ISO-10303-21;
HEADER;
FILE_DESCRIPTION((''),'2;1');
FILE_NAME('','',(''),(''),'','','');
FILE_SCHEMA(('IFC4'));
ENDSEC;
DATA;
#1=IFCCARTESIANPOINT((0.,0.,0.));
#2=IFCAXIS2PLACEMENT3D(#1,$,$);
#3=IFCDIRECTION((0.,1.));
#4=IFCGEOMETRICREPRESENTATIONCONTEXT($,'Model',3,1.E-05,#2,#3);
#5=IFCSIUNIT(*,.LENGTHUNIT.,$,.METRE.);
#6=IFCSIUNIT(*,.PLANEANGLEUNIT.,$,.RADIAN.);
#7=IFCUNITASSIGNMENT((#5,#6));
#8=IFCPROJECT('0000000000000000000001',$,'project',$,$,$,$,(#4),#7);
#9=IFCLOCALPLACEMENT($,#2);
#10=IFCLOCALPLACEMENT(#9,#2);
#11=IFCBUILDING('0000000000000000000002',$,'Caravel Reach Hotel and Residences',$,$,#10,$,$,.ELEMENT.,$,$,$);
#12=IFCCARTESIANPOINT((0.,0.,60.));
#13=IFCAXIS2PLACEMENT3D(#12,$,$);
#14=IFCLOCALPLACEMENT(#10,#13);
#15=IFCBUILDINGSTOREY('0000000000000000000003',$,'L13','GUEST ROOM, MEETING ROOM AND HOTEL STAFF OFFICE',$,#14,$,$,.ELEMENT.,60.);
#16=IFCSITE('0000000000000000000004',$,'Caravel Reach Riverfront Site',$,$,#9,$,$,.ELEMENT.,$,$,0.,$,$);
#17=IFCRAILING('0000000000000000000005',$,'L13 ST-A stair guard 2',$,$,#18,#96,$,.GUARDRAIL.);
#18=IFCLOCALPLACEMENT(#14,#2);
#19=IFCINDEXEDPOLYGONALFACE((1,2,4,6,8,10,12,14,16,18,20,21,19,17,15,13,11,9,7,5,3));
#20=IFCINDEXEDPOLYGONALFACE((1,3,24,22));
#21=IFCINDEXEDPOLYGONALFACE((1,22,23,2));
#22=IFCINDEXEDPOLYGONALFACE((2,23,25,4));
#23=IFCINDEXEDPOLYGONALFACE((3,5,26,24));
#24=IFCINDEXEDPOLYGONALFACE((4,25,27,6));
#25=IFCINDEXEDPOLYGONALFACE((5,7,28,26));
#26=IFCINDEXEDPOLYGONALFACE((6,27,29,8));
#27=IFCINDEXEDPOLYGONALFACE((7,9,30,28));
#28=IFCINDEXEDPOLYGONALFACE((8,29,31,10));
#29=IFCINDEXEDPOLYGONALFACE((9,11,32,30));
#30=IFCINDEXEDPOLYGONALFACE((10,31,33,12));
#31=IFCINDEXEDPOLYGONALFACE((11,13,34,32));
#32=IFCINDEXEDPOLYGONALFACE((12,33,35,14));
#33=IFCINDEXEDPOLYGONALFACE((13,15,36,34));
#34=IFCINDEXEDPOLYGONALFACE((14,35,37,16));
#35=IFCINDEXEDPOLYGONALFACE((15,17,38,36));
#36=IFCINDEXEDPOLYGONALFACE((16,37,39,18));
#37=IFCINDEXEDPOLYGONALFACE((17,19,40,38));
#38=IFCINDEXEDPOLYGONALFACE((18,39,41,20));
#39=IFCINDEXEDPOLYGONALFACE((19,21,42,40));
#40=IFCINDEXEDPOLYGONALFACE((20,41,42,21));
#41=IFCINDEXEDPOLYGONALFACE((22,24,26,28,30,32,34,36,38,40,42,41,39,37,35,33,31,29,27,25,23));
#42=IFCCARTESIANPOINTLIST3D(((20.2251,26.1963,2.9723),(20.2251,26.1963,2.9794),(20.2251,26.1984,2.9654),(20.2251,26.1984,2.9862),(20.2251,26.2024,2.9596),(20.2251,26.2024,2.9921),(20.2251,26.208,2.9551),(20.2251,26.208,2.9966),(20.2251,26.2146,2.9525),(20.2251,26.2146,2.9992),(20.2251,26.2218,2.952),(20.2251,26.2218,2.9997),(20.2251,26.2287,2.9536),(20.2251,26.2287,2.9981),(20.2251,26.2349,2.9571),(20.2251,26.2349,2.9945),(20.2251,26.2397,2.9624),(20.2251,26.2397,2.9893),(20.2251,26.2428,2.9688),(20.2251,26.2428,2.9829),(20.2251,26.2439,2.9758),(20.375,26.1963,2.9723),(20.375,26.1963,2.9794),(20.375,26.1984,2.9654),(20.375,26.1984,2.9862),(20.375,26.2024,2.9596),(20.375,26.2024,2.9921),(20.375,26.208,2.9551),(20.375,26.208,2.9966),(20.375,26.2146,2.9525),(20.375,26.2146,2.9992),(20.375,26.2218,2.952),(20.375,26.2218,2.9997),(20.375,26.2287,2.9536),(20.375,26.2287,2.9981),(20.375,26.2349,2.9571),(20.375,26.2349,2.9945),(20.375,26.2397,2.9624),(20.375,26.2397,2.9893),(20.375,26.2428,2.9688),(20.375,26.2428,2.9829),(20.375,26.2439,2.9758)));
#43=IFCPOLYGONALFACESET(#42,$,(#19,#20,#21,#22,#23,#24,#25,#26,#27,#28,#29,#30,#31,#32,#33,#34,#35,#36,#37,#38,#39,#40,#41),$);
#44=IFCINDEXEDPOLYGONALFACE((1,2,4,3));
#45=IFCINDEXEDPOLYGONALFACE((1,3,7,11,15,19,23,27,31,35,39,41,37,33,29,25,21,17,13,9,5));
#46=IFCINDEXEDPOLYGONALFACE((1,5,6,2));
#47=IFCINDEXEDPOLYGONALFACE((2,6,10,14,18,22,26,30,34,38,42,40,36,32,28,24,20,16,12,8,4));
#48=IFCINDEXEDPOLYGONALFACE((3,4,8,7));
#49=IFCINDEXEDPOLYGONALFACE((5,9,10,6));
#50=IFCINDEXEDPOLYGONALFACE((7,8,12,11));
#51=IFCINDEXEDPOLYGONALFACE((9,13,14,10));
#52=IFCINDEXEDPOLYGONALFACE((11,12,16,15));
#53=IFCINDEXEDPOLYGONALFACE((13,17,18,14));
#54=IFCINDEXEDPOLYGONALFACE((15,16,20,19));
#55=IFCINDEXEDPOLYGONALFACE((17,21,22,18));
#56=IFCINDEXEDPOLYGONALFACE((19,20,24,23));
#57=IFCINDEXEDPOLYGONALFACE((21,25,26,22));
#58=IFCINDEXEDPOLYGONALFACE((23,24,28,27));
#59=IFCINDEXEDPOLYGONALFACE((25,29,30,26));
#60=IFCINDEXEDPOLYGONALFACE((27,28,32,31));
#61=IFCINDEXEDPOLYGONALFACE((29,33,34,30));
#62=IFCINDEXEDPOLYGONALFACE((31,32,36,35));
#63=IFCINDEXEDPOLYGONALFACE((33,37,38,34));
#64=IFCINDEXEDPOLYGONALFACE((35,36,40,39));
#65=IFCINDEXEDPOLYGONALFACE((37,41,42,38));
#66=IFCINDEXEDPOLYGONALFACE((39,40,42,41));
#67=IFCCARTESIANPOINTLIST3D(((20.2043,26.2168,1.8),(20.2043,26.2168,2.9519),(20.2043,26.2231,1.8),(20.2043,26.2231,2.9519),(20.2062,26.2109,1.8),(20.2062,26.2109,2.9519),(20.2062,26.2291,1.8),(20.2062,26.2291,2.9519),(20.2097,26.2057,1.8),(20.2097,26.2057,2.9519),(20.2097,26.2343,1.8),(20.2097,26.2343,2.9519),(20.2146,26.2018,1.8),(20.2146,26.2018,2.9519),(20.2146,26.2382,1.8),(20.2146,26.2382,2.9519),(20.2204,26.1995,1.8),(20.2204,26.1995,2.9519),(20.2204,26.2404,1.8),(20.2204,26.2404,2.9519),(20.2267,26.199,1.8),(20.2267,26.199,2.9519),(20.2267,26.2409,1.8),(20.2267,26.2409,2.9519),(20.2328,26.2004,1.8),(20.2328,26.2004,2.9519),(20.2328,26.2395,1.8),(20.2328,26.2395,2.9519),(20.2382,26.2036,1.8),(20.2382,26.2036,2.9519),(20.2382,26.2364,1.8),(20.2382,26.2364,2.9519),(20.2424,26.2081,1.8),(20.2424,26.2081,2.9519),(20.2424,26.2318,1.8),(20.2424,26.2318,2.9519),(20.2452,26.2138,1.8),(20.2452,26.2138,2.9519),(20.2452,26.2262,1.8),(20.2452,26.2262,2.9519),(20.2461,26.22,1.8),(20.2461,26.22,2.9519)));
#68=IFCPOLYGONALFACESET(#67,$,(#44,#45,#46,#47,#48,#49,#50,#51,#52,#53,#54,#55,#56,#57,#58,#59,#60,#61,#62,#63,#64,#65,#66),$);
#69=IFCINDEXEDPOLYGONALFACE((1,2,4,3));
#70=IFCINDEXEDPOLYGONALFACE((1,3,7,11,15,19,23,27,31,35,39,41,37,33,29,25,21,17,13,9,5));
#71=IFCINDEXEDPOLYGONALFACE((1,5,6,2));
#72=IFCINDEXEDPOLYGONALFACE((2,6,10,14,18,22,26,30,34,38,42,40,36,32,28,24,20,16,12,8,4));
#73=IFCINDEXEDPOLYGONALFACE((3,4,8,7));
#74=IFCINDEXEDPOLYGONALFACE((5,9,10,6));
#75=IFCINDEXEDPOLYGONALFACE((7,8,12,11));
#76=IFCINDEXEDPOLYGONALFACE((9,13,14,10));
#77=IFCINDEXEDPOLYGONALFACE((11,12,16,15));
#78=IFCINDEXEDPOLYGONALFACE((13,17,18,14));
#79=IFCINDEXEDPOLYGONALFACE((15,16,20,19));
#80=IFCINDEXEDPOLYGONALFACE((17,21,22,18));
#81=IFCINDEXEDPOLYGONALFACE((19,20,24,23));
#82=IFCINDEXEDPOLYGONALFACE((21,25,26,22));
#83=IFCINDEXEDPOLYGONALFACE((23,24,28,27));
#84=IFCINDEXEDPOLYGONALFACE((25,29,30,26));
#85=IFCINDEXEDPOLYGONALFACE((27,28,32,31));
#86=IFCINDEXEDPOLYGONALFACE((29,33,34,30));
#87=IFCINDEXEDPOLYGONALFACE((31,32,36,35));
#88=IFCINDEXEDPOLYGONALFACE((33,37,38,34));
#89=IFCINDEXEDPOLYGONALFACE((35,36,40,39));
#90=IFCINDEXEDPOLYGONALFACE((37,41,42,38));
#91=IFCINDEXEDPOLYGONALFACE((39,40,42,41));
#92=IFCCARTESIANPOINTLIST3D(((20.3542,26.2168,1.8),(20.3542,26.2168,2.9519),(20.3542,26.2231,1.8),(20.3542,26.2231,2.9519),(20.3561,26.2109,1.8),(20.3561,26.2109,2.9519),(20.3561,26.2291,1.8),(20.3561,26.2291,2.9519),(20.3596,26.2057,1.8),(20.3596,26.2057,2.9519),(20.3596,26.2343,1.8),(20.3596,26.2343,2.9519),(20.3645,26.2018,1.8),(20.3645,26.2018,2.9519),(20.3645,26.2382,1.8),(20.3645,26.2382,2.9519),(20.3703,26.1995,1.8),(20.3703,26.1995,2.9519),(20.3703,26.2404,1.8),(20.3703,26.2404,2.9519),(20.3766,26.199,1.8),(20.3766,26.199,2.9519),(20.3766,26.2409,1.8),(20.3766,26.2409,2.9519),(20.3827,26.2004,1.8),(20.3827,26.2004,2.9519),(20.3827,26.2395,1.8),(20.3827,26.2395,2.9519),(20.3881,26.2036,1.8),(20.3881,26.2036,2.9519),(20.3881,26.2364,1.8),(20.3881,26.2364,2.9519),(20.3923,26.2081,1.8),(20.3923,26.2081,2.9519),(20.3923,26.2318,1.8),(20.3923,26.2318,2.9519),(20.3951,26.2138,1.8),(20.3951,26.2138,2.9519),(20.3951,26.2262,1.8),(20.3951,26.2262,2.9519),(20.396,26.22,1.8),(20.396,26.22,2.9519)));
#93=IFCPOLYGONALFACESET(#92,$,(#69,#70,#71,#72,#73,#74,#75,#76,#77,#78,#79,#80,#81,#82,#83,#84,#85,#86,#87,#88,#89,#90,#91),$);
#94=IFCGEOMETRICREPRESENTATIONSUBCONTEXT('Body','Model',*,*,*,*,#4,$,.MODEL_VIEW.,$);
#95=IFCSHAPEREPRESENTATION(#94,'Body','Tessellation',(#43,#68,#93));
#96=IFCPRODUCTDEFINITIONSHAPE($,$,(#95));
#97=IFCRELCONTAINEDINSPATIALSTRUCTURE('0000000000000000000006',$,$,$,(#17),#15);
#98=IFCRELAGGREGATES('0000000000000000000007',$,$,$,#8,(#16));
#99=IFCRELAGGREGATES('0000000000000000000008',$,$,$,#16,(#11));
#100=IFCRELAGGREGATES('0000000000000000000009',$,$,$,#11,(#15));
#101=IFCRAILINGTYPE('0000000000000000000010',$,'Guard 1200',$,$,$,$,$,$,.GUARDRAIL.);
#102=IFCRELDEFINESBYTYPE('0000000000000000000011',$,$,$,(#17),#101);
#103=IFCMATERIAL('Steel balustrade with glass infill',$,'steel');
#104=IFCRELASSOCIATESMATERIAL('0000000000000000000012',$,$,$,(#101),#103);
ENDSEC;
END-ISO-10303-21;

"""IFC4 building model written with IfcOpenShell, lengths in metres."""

from ifc_helpers import new_model, si_unit, direction, frame, origin, origin_2d, place, context, subcontext, project, spatial, circle, extrude, material, type_object, element, save


model = new_model("IFC4")

# Units and contexts
model_context = context("Model", 3, precision=1e-05, world=origin(), true_north=direction((0.0, 1.0)))
body_context = subcontext(model_context, "Body", "Model", "MODEL_VIEW")
ifc_project = project(units=[si_unit("LENGTHUNIT", "METRE"), si_unit("PLANEANGLEUNIT", "RADIAN")], contexts=[model_context])

# Site, building, storey
site_placement = place(None, origin())
site = spatial("IfcSite", under=ifc_project, at=site_placement, Name="Caravel Reach Riverfront Site", CompositionType="ELEMENT", RefElevation=0.0)
building_placement = place(site_placement, origin())
building = spatial("IfcBuilding", under=site, at=building_placement, Name="Caravel Reach Hotel and Residences", CompositionType="ELEMENT")
storey_placement = place(building_placement, frame((0.0, 0.0, 60.0)))
storey = spatial("IfcBuildingStorey", under=building, at=storey_placement, Name="L13", Description="GUEST ROOM, MEETING ROOM AND HOTEL STAFF OFFICE", CompositionType="ELEMENT", Elevation=60.0)

# Railing
ifc_material_1 = material(Name="Steel balustrade with glass infill", Category="steel")
railing_type_1 = type_object("IfcRailingType", Name="Guard 1200", PredefinedType="GUARDRAIL", material=ifc_material_1)
railing_1_placement = place(storey_placement, frame((20.2251, 26.22, 1.8)))
element("IfcRailing", 1, at=railing_1_placement, inside=storey, type_object=railing_type_1, Name="L13 ST-A stair guard 2", PredefinedType="GUARDRAIL", context=body_context, shape_type="SweptSolid", body=[
    extrude(circle(Radius=0.0239, at=origin_2d()), frame((0.0, 0.0, 1.1758), z_axis=(1.0, 0.0, 0.0), x_axis=(0.0, 1.0, 0.0)), (0.0, 0.0, 1.0), 0.1499),
    extrude(circle(Radius=0.021, at=origin_2d()), origin(), (0.0, 0.0, 1.0), 1.1519),
    extrude(circle(Radius=0.021, at=origin_2d()), frame((0.1499, 0.0, 0.0)), (0.0, 0.0, 1.0), 1.1519),
])

save(model, "model.ifc")
